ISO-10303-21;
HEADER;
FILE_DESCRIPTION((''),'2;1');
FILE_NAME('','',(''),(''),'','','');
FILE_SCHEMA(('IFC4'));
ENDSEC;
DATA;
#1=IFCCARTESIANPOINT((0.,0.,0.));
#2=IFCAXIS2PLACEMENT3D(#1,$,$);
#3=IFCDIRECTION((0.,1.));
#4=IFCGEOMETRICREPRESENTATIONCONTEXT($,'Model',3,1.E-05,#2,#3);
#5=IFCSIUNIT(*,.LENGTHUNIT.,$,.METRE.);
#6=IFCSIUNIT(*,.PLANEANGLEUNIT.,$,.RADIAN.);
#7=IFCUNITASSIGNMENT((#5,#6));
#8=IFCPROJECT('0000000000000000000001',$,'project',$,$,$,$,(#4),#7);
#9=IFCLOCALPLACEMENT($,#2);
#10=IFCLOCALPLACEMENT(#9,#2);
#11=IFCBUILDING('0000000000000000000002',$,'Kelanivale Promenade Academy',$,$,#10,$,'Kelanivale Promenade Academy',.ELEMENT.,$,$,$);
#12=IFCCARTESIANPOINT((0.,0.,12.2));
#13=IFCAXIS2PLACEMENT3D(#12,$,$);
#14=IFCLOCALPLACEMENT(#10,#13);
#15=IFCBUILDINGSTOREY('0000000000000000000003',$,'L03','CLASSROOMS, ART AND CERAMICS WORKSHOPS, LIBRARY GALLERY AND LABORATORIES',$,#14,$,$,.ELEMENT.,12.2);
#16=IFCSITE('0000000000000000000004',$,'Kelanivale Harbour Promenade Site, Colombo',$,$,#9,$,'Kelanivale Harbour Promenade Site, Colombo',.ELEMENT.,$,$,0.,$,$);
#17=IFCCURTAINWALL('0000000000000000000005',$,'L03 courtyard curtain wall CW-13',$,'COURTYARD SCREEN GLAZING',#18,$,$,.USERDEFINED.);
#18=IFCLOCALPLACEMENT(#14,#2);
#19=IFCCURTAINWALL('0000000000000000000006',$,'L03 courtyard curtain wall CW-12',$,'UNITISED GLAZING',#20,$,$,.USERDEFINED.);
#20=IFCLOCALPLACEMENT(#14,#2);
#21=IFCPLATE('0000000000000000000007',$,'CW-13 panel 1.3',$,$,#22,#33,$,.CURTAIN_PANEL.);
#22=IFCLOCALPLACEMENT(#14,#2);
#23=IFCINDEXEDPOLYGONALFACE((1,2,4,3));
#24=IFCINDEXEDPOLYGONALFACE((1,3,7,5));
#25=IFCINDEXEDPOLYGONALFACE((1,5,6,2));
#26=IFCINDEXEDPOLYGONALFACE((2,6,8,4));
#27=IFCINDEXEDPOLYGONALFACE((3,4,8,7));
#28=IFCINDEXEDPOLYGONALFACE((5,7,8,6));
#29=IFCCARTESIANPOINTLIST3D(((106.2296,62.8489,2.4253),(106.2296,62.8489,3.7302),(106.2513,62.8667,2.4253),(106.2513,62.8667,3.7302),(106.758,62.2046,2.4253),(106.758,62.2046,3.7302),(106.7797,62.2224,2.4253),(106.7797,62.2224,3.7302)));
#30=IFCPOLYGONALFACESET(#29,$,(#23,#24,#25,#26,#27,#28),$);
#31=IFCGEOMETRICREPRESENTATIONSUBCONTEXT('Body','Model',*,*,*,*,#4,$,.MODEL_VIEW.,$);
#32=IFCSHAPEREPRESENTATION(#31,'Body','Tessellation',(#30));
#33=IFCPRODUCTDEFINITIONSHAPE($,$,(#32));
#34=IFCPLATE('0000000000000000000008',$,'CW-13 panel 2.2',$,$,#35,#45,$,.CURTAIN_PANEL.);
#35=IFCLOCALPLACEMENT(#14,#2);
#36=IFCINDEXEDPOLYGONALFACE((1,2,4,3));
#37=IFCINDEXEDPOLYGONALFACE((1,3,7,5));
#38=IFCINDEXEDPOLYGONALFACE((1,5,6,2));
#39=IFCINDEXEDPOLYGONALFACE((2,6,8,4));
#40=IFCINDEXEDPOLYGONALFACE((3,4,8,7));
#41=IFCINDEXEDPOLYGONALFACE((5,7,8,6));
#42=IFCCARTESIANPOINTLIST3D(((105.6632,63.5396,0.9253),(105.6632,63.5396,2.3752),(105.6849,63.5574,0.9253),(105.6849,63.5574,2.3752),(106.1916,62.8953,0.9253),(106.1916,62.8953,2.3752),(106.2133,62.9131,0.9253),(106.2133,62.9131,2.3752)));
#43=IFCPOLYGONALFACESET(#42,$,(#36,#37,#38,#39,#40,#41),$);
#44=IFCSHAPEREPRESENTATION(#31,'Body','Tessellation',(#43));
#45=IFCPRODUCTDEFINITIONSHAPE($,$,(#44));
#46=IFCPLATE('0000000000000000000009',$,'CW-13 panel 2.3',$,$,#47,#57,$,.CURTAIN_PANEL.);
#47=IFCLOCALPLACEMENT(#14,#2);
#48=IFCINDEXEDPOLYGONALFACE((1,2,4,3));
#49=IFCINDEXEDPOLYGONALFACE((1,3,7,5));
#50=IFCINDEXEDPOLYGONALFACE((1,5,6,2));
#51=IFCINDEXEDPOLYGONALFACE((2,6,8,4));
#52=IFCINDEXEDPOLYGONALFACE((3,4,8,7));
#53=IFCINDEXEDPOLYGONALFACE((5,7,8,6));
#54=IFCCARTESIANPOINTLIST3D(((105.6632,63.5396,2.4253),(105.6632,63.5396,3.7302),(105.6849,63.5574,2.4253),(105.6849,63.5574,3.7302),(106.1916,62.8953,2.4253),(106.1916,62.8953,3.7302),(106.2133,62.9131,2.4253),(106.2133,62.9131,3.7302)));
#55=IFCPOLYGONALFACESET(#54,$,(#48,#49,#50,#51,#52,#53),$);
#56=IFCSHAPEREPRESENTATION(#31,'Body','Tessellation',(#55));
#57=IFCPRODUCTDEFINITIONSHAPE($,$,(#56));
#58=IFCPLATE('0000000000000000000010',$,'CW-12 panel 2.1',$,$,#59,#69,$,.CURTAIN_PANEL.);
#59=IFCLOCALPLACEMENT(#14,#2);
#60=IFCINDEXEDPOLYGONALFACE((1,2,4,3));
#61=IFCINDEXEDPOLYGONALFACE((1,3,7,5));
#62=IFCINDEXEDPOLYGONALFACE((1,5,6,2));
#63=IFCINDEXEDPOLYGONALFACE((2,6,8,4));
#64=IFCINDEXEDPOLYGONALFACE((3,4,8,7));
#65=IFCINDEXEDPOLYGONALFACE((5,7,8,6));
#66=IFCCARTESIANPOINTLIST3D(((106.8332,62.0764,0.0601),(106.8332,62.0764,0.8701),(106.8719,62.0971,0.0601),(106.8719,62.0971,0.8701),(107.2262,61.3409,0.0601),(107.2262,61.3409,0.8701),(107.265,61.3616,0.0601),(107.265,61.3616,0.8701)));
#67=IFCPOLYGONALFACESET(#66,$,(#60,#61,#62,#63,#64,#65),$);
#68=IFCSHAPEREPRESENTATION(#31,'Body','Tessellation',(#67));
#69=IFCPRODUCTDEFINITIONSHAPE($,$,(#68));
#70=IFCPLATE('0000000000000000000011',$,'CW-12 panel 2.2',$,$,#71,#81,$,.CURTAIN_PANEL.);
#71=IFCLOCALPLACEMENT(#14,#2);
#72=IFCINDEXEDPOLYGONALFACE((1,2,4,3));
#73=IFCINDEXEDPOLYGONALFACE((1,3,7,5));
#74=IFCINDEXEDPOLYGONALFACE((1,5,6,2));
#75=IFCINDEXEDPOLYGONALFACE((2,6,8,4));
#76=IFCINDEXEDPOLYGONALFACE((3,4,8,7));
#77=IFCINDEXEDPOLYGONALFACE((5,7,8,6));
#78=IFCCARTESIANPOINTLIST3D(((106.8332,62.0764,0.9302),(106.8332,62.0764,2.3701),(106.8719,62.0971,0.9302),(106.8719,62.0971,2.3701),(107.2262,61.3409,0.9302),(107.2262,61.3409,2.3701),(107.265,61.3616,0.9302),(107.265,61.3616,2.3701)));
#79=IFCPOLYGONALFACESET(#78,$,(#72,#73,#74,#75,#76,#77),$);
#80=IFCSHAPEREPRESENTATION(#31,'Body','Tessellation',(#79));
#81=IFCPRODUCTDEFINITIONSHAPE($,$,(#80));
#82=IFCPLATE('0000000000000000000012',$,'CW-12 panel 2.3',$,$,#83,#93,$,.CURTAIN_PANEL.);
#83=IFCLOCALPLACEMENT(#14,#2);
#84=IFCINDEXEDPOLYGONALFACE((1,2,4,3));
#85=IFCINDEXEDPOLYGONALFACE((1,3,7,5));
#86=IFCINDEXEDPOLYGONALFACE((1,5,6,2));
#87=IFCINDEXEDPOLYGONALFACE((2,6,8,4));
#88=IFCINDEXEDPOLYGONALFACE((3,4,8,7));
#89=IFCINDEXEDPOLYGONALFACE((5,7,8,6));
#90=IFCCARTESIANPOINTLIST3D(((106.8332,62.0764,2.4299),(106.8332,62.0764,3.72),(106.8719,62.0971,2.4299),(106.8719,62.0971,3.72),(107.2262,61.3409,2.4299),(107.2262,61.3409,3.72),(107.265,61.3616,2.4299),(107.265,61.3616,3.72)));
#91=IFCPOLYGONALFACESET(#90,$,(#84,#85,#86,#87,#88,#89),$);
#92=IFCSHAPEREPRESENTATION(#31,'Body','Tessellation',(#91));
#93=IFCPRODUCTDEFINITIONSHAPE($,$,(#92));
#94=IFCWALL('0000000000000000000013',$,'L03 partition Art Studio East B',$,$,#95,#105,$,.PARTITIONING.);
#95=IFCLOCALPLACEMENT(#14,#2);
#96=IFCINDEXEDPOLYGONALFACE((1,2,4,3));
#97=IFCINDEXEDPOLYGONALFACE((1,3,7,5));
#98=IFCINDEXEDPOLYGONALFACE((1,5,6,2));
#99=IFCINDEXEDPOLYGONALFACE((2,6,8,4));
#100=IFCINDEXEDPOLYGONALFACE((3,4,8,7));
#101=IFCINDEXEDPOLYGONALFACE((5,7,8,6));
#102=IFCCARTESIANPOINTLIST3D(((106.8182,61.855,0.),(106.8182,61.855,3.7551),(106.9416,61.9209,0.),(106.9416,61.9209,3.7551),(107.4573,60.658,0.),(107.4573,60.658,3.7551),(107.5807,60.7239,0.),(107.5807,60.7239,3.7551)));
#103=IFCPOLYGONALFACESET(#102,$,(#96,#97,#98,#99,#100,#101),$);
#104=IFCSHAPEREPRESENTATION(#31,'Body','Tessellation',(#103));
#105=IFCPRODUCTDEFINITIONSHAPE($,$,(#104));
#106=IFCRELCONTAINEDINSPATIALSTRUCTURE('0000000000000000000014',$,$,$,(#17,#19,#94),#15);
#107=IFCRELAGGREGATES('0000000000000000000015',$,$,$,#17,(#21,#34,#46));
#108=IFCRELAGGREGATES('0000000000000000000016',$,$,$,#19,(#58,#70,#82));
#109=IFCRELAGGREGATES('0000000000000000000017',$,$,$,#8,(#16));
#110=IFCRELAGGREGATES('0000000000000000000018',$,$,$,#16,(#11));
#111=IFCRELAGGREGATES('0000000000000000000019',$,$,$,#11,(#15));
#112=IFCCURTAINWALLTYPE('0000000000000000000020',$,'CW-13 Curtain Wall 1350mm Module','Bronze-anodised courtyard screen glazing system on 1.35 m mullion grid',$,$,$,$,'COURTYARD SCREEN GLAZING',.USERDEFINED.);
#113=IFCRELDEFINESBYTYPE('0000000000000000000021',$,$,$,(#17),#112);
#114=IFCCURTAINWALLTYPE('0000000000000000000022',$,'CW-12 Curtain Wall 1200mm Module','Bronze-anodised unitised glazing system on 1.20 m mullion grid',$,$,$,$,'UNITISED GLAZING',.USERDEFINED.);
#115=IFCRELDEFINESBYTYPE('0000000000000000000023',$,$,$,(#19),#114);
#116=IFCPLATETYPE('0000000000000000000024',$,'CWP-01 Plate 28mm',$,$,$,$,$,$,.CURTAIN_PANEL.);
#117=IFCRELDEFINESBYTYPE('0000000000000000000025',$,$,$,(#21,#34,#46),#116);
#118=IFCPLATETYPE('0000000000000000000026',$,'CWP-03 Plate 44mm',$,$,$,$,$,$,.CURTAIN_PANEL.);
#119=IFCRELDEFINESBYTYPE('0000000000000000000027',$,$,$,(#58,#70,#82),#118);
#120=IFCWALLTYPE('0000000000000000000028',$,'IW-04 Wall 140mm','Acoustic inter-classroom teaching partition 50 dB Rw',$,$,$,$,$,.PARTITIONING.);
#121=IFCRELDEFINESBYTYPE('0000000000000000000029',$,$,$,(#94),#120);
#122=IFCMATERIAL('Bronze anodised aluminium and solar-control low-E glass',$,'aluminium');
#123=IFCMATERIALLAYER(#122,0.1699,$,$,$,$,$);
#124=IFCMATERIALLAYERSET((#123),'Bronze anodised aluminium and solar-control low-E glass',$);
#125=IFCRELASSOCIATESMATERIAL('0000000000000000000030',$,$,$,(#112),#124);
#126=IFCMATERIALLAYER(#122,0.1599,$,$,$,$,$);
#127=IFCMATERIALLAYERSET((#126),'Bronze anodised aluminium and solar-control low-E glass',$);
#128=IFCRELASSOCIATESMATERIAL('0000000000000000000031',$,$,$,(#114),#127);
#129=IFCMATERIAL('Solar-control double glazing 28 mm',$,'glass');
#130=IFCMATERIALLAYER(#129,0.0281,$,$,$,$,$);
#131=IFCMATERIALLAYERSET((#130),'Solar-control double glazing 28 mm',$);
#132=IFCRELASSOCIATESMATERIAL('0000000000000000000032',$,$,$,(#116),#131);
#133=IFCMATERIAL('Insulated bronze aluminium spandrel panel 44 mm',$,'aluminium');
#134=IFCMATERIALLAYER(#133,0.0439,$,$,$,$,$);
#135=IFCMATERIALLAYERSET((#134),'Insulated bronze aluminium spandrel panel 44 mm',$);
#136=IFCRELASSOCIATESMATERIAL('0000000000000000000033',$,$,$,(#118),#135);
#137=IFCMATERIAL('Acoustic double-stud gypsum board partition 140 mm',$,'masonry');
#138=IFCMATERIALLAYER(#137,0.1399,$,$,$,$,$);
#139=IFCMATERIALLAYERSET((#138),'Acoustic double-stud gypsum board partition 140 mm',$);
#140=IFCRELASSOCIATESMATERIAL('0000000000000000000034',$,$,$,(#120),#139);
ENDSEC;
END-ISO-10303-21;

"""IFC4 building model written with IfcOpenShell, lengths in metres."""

from ifc_helpers import new_model, si_unit, direction, frame, frame_2d, origin, origin_2d, place, context, subcontext, project, spatial, rectangle, extrude, material, layer, layer_set, type_object, element, aggregate, save


model = new_model("IFC4")

# Units and contexts
model_context = context("Model", 3, precision=1e-05, world=origin(), true_north=direction((0.0, 1.0)))
body_context = subcontext(model_context, "Body", "Model", "MODEL_VIEW")
ifc_project = project(units=[si_unit("LENGTHUNIT", "METRE"), si_unit("PLANEANGLEUNIT", "RADIAN")], contexts=[model_context])

# Site, building, storey
site_placement = place(None, origin())
site = spatial("IfcSite", under=ifc_project, at=site_placement, Name="Kelanivale Harbour Promenade Site, Colombo", LongName="Kelanivale Harbour Promenade Site, Colombo", CompositionType="ELEMENT", RefElevation=0.0)
building_placement = place(site_placement, origin())
building = spatial("IfcBuilding", under=site, at=building_placement, Name="Kelanivale Promenade Academy", LongName="Kelanivale Promenade Academy", CompositionType="ELEMENT")
storey_placement = place(building_placement, frame((0.0, 0.0, 12.2)))
storey = spatial("IfcBuildingStorey", under=building, at=storey_placement, Name="L03", Description="CLASSROOMS, ART AND CERAMICS WORKSHOPS, LIBRARY GALLERY AND LABORATORIES", CompositionType="ELEMENT", Elevation=12.2)

# Curtain wall
ifc_material_1 = material(Name="Bronze anodised aluminium and solar-control low-E glass", Category="aluminium")
ifc_layer_1 = layer(ifc_material_1, 0.1699)
ifc_layer_set_1 = layer_set([ifc_layer_1], Name="Bronze anodised aluminium and solar-control low-E glass")
curtain_wall_type_1 = type_object("IfcCurtainWallType", Name="CW-13 Curtain Wall 1350mm Module", Description="Bronze-anodised courtyard screen glazing system on 1.35 m mullion grid", ElementType="COURTYARD SCREEN GLAZING", PredefinedType="USERDEFINED", material=ifc_layer_set_1)
curtain_wall_1_placement = place(storey_placement, origin())
curtain_wall_1 = element("IfcCurtainWall", 1, at=curtain_wall_1_placement, inside=storey, type_object=curtain_wall_type_1, Name="L03 courtyard curtain wall CW-13", ObjectType="COURTYARD SCREEN GLAZING", PredefinedType="USERDEFINED")

# Curtain wall
ifc_layer_2 = layer(ifc_material_1, 0.1599)
ifc_layer_set_2 = layer_set([ifc_layer_2], Name="Bronze anodised aluminium and solar-control low-E glass")
curtain_wall_type_2 = type_object("IfcCurtainWallType", Name="CW-12 Curtain Wall 1200mm Module", Description="Bronze-anodised unitised glazing system on 1.20 m mullion grid", ElementType="UNITISED GLAZING", PredefinedType="USERDEFINED", material=ifc_layer_set_2)
curtain_wall_2_placement = place(storey_placement, origin())
curtain_wall_2 = element("IfcCurtainWall", 2, at=curtain_wall_2_placement, inside=storey, type_object=curtain_wall_type_2, Name="L03 courtyard curtain wall CW-12", ObjectType="UNITISED GLAZING", PredefinedType="USERDEFINED")

# Plates
ifc_material_2 = material(Name="Solar-control double glazing 28 mm", Category="glass")
ifc_layer_3 = layer(ifc_material_2, 0.0281)
ifc_layer_set_3 = layer_set([ifc_layer_3], Name="Solar-control double glazing 28 mm")
plate_type_1 = type_object("IfcPlateType", Name="CWP-01 Plate 28mm", PredefinedType="CURTAIN_PANEL", material=ifc_layer_set_3)
plate_1_placement = place(storey_placement, frame((106.5046, 62.5356, 2.4253), z_axis=(0.0, 0.0, 1.0), x_axis=(-0.634093, 0.773257, 0.0)))
plate_1 = element("IfcPlate", 3, at=plate_1_placement, type_object=plate_type_1, Name="CW-13 panel 1.3", PredefinedType="CURTAIN_PANEL", context=body_context, shape_type="SweptSolid", body=[
    extrude(rectangle(XDim=0.8333, YDim=0.0281, at=origin_2d()), origin(), (0.0, 0.0, 1.0), 1.3049),
])
plate_2_placement = place(storey_placement, frame((105.9382, 63.2263, 0.9253), z_axis=(0.0, 0.0, 1.0), x_axis=(-0.634093, 0.773257, 0.0)))
plate_2 = element("IfcPlate", 4, at=plate_2_placement, type_object=plate_type_1, Name="CW-13 panel 2.2", PredefinedType="CURTAIN_PANEL", context=body_context, shape_type="SweptSolid", body=[
    extrude(rectangle(XDim=0.8333, YDim=0.0281, at=origin_2d()), origin(), (0.0, 0.0, 1.0), 1.45),
])
plate_3_placement = place(storey_placement, frame((105.9382, 63.2263, 2.4253), z_axis=(0.0, 0.0, 1.0), x_axis=(-0.634093, 0.773257, 0.0)))
plate_3 = element("IfcPlate", 5, at=plate_3_placement, type_object=plate_type_1, Name="CW-13 panel 2.3", PredefinedType="CURTAIN_PANEL", context=body_context, shape_type="SweptSolid", body=[
    extrude(rectangle(XDim=0.8333, YDim=0.0281, at=origin_2d()), origin(), (0.0, 0.0, 1.0), 1.3049),
])
aggregate(curtain_wall_1, [plate_1, plate_2, plate_3])
ifc_material_3 = material(Name="Insulated bronze aluminium spandrel panel 44 mm", Category="aluminium")
ifc_layer_4 = layer(ifc_material_3, 0.0439)
ifc_layer_set_4 = layer_set([ifc_layer_4], Name="Insulated bronze aluminium spandrel panel 44 mm")
plate_type_2 = type_object("IfcPlateType", Name="CWP-03 Plate 44mm", PredefinedType="CURTAIN_PANEL", material=ifc_layer_set_4)
plate_4_placement = place(storey_placement, frame((107.0491, 61.719, 0.0601), z_axis=(0.0, 0.0, 1.0), x_axis=(-0.471312, 0.881966, 0.0)))
plate_4 = element("IfcPlate", 6, at=plate_4_placement, type_object=plate_type_2, Name="CW-12 panel 2.1", PredefinedType="CURTAIN_PANEL", context=body_context, shape_type="SweptSolid", body=[
    extrude(rectangle(XDim=0.834, YDim=0.0439, at=origin_2d()), origin(), (0.0, 0.0, 1.0), 0.8101),
])
plate_5_placement = place(storey_placement, frame((107.0491, 61.719, 0.9302), z_axis=(0.0, 0.0, 1.0), x_axis=(-0.471312, 0.881966, 0.0)))
plate_5 = element("IfcPlate", 7, at=plate_5_placement, type_object=plate_type_2, Name="CW-12 panel 2.2", PredefinedType="CURTAIN_PANEL", context=body_context, shape_type="SweptSolid", body=[
    extrude(rectangle(XDim=0.834, YDim=0.0439, at=origin_2d()), origin(), (0.0, 0.0, 1.0), 1.4399),
])
plate_6_placement = place(storey_placement, frame((107.0491, 61.719, 2.4299), z_axis=(0.0, 0.0, 1.0), x_axis=(-0.471312, 0.881966, 0.0)))
plate_6 = element("IfcPlate", 8, at=plate_6_placement, type_object=plate_type_2, Name="CW-12 panel 2.3", PredefinedType="CURTAIN_PANEL", context=body_context, shape_type="SweptSolid", body=[
    extrude(rectangle(XDim=0.834, YDim=0.0439, at=origin_2d()), origin(), (0.0, 0.0, 1.0), 1.29),
])
aggregate(curtain_wall_2, [plate_4, plate_5, plate_6])

# Wall
ifc_material_4 = material(Name="Acoustic double-stud gypsum board partition 140 mm", Category="masonry")
ifc_layer_5 = layer(ifc_material_4, 0.1399)
ifc_layer_set_5 = layer_set([ifc_layer_5], Name="Acoustic double-stud gypsum board partition 140 mm")
wall_type = type_object("IfcWallType", Name="IW-04 Wall 140mm", Description="Acoustic inter-classroom teaching partition 50 dB Rw", PredefinedType="PARTITIONING", material=ifc_layer_set_5)
wall_placement = place(storey_placement, frame((106.8799, 61.8879, 0.0), z_axis=(0.0, 0.0, 1.0), x_axis=(0.471018, -0.882124, 0.0)))
element("IfcWall", 9, at=wall_placement, inside=storey, type_object=wall_type, Name="L03 partition Art Studio East B", PredefinedType="PARTITIONING", context=body_context, shape_type="SweptSolid", body=[
    extrude(rectangle(XDim=1.3569, YDim=0.1399, at=frame_2d((0.6785, 0.0))), origin(), (0.0, 0.0, 1.0), 3.7551),
])

save(model, "model.ifc")
